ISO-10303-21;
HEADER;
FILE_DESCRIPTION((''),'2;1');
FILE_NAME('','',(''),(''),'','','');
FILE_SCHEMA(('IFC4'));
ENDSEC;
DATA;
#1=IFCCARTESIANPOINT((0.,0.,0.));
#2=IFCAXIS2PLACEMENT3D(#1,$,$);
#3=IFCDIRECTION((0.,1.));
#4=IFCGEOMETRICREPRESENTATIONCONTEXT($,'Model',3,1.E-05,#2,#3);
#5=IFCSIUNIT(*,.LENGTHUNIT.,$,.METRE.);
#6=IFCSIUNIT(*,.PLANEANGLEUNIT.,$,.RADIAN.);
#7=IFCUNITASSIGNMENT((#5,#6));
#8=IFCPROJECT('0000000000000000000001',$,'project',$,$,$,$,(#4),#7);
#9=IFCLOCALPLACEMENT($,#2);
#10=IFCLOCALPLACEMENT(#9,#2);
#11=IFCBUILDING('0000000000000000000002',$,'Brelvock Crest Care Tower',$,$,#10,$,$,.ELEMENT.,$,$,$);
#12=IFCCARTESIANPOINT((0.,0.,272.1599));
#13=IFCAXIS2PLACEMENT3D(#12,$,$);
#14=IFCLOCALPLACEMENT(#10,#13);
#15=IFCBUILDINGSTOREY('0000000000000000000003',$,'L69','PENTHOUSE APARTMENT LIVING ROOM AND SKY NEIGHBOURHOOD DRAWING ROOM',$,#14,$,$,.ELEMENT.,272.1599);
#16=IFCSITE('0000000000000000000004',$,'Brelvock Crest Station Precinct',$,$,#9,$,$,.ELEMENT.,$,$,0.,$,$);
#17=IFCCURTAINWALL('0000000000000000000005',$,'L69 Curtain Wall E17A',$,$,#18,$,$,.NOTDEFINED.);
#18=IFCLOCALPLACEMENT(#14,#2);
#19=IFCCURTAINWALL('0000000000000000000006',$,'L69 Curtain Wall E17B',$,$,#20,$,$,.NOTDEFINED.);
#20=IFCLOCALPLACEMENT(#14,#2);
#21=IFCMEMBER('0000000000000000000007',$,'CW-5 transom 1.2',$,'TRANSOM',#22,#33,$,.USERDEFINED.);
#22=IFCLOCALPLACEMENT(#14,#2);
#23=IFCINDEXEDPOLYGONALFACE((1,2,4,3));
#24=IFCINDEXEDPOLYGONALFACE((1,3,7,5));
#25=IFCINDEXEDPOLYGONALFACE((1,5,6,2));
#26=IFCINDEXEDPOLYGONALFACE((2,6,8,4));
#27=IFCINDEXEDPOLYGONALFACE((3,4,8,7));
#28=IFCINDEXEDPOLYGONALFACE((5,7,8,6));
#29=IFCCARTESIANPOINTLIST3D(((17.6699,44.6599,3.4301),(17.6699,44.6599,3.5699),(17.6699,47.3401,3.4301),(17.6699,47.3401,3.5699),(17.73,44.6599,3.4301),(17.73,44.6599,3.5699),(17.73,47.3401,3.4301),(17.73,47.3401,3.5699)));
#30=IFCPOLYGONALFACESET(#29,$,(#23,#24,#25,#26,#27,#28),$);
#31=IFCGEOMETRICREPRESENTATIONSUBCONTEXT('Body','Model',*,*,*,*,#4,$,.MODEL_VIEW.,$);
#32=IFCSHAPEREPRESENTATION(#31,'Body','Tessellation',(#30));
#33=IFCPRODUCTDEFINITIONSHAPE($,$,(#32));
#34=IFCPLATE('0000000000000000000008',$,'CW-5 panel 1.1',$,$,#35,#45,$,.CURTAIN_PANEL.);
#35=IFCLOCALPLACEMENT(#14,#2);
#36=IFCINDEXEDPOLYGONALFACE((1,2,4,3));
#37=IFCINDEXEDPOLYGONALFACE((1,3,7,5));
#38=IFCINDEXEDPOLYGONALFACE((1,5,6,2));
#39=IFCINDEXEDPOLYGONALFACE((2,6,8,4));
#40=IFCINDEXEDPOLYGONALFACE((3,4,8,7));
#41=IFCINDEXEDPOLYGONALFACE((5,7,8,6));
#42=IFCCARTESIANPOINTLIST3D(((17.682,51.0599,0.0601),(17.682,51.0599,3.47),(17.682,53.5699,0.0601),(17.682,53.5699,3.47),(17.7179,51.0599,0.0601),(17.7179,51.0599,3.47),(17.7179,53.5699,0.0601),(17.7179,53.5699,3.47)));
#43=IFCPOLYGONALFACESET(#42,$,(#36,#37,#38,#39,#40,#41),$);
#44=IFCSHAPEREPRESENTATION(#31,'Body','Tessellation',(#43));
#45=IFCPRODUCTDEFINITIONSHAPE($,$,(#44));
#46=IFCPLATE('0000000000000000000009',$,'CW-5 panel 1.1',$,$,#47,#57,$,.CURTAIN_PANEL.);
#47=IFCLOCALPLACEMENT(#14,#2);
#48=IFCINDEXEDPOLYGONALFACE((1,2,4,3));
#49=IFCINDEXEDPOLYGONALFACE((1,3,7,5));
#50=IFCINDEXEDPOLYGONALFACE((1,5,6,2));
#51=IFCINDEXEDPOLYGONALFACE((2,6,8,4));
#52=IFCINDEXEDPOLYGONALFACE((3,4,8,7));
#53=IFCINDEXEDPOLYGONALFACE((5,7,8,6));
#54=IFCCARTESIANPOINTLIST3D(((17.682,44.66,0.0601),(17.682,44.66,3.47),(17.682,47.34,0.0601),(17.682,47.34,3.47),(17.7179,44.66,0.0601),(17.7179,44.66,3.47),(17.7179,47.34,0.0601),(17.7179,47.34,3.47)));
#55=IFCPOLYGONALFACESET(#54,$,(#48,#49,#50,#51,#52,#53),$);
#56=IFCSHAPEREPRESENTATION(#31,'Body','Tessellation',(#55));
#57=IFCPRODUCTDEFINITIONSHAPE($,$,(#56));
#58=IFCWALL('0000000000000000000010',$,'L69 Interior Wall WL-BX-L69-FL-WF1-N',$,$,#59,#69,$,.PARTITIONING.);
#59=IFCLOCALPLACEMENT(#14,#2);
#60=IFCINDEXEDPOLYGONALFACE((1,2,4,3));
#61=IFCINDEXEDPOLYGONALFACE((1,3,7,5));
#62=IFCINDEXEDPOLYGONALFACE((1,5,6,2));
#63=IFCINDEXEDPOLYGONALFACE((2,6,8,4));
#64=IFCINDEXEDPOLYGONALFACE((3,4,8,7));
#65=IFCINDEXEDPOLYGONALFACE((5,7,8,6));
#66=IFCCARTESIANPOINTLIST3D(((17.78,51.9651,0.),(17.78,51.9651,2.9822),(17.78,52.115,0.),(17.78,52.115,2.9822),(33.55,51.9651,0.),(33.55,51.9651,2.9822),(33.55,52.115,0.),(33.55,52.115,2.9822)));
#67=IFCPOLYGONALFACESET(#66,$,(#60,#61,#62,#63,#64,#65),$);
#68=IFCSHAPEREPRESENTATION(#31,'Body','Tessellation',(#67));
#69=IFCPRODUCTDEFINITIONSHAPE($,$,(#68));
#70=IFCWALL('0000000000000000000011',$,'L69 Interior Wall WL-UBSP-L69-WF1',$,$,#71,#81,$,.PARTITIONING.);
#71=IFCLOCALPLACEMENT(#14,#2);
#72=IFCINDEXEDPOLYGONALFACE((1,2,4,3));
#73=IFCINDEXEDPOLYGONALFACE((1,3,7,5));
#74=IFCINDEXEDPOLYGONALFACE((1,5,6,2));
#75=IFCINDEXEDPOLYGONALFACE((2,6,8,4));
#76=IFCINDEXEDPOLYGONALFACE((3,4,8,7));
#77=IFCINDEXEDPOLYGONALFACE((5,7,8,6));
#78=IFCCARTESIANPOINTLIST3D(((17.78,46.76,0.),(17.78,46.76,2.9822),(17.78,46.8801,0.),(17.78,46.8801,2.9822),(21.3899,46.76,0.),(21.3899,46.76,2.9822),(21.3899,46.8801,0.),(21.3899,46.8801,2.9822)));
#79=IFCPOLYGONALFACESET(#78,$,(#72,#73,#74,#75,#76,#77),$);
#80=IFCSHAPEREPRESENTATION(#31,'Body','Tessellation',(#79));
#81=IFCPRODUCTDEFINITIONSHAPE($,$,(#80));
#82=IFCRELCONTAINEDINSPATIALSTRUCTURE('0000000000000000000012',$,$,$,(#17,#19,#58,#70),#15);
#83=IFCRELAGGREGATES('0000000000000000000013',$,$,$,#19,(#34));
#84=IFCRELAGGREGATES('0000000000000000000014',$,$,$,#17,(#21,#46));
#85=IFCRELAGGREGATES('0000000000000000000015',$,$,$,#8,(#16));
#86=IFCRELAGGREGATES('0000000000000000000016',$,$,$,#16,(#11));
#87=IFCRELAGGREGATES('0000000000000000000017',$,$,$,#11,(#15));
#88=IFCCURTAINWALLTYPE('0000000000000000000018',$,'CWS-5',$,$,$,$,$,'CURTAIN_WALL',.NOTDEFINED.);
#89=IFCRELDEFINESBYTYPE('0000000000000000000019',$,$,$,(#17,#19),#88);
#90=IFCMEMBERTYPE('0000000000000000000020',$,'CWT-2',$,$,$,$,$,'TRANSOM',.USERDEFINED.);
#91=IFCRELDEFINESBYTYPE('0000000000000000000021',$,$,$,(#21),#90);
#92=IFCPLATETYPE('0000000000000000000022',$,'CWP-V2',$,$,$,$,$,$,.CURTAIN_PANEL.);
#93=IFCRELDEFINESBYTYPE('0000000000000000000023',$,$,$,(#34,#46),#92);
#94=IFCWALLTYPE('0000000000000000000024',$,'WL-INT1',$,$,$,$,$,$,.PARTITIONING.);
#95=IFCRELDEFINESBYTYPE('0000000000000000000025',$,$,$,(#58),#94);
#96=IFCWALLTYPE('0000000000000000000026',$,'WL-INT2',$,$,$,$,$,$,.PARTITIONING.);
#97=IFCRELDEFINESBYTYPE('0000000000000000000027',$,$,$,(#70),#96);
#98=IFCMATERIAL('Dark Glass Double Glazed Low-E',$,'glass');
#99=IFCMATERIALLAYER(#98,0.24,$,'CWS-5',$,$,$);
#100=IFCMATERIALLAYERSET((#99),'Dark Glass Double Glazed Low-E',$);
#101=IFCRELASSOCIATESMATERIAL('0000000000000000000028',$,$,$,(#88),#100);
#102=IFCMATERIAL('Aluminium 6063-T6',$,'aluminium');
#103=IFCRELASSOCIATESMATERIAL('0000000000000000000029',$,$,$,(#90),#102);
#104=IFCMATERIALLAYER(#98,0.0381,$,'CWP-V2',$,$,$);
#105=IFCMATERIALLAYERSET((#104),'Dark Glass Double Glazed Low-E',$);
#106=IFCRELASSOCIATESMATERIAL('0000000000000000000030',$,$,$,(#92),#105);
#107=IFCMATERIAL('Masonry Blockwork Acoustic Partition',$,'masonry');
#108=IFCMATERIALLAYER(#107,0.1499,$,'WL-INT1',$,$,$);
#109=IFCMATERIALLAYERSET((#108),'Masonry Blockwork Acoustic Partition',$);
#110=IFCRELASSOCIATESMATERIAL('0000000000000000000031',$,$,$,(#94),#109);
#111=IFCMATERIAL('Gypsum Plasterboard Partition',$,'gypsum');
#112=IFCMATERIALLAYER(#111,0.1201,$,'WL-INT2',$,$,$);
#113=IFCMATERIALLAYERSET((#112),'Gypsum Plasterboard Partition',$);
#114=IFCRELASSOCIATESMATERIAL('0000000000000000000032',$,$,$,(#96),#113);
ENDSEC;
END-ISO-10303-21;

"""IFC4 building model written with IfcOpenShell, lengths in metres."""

from ifc_helpers import new_model, si_unit, direction, frame, frame_2d, origin, origin_2d, place, context, subcontext, project, spatial, rectangle, extrude, source, transform, mapped, material, layer, layer_set, material_profile, profile_set, type_object, element, aggregate, save


model = new_model("IFC4")

# Units and contexts
model_context = context("Model", 3, precision=1e-05, world=origin(), true_north=direction((0.0, 1.0)))
body_context = subcontext(model_context, "Body", "Model", "MODEL_VIEW")
ifc_project = project(units=[si_unit("LENGTHUNIT", "METRE"), si_unit("PLANEANGLEUNIT", "RADIAN")], contexts=[model_context])

# Site, building, storey
site_placement = place(None, origin())
site = spatial("IfcSite", under=ifc_project, at=site_placement, Name="Brelvock Crest Station Precinct", CompositionType="ELEMENT", RefElevation=0.0)
building_placement = place(site_placement, origin())
building = spatial("IfcBuilding", under=site, at=building_placement, Name="Brelvock Crest Care Tower", CompositionType="ELEMENT")
storey_placement = place(building_placement, frame((0.0, 0.0, 272.1599)))
storey = spatial("IfcBuildingStorey", under=building, at=storey_placement, Name="L69", Description="PENTHOUSE APARTMENT LIVING ROOM AND SKY NEIGHBOURHOOD DRAWING ROOM", CompositionType="ELEMENT", Elevation=272.1599)

# Curtain walls
ifc_material_1 = material(Name="Dark Glass Double Glazed Low-E", Category="glass")
ifc_layer_1 = layer(ifc_material_1, 0.24, Name="CWS-5")
ifc_layer_set_1 = layer_set([ifc_layer_1], Name="Dark Glass Double Glazed Low-E")
curtain_wall_type = type_object("IfcCurtainWallType", Name="CWS-5", ElementType="CURTAIN_WALL", PredefinedType="NOTDEFINED", material=ifc_layer_set_1)
curtain_wall_1_placement = place(storey_placement, origin())
curtain_wall_1 = element("IfcCurtainWall", 1, at=curtain_wall_1_placement, inside=storey, type_object=curtain_wall_type, Name="L69 Curtain Wall E17A", PredefinedType="NOTDEFINED")
ifc_material_2 = material(Name="Aluminium 6063-T6", Category="aluminium")
curtain_wall_2_placement = place(storey_placement, origin())
curtain_wall_2 = element("IfcCurtainWall", 2, at=curtain_wall_2_placement, inside=storey, type_object=curtain_wall_type, Name="L69 Curtain Wall E17B", PredefinedType="NOTDEFINED")
ifc_material_profile_1 = material_profile(ifc_material_2, rectangle(XDim=0.0601, YDim=0.1399, at=origin_2d()), Name="ALU60x140")
ifc_profile_set_1 = profile_set([ifc_material_profile_1], Name="Aluminium 6063-T6")
member_type_1 = type_object("IfcMemberType", Name="CWT-2", ElementType="TRANSOM", PredefinedType="USERDEFINED", material=ifc_profile_set_1)

# Member
shared_shape_1 = source(origin(), body_context, "Body", "SweptSolid", [
    extrude(rectangle(XDim=0.0601, YDim=0.1399, at=origin_2d()), origin(), (0.0, 0.0, 1.0), 2.6802),
])
member_1_placement = place(storey_placement, frame((17.7, 44.6599, 3.5), z_axis=(0.0, 1.0, 0.0), x_axis=(-1.0, 0.0, 0.0)))
member_1 = element("IfcMember", 3, at=member_1_placement, type_object=member_type_1, Name="CW-5 transom 1.2", ObjectType="TRANSOM", PredefinedType="USERDEFINED", context=body_context, shape_type="MappedRepresentation", body=[
    mapped(shared_shape_1, transform((0.0, 0.0, 0.0), x_axis=(1.0, 0.0, 0.0), y_axis=(0.0, 1.0, 0.0), z_axis=(0.0, 0.0, 1.0), scale=1.0)),
])

# Plates
ifc_layer_2 = layer(ifc_material_1, 0.0381, Name="CWP-V2")
ifc_layer_set_2 = layer_set([ifc_layer_2], Name="Dark Glass Double Glazed Low-E")
plate_type = type_object("IfcPlateType", Name="CWP-V2", PredefinedType="CURTAIN_PANEL", material=ifc_layer_set_2)
shared_shape_2 = source(origin(), body_context, "Body", "SweptSolid", [
    extrude(rectangle(XDim=2.51, YDim=0.0359, at=origin_2d()), origin(), (0.0, 0.0, 1.0), 3.4099),
])
plate_1_placement = place(storey_placement, frame((17.7, 52.3149, 0.0601), z_axis=(0.0, 0.0, 1.0), x_axis=(0.0, 1.0, 0.0)))
plate_1 = element("IfcPlate", 4, at=plate_1_placement, type_object=plate_type, Name="CW-5 panel 1.1", PredefinedType="CURTAIN_PANEL", context=body_context, shape_type="MappedRepresentation", body=[
    mapped(shared_shape_2, transform((0.0, 0.0, 0.0), x_axis=(1.0, 0.0, 0.0), y_axis=(0.0, 1.0, 0.0), z_axis=(0.0, 0.0, 1.0), scale=1.0)),
])
aggregate(curtain_wall_2, [plate_1])
shared_shape_3 = source(origin(), body_context, "Body", "SweptSolid", [
    extrude(rectangle(XDim=2.6799, YDim=0.0359, at=origin_2d()), origin(), (0.0, 0.0, 1.0), 3.4099),
])
plate_2_placement = place(storey_placement, frame((17.7, 46.0, 0.0601), z_axis=(0.0, 0.0, 1.0), x_axis=(0.0, 1.0, 0.0)))
plate_2 = element("IfcPlate", 5, at=plate_2_placement, type_object=plate_type, Name="CW-5 panel 1.1", PredefinedType="CURTAIN_PANEL", context=body_context, shape_type="MappedRepresentation", body=[
    mapped(shared_shape_3, transform((0.0, 0.0, 0.0), x_axis=(1.0, 0.0, 0.0), y_axis=(0.0, 1.0, 0.0), z_axis=(0.0, 0.0, 1.0), scale=1.0)),
])
aggregate(curtain_wall_1, [member_1, plate_2])

# Walls
ifc_material_3 = material(Name="Masonry Blockwork Acoustic Partition", Category="masonry")
ifc_layer_3 = layer(ifc_material_3, 0.1499, Name="WL-INT1")
ifc_layer_set_3 = layer_set([ifc_layer_3], Name="Masonry Blockwork Acoustic Partition")
wall_type_1 = type_object("IfcWallType", Name="WL-INT1", PredefinedType="PARTITIONING", material=ifc_layer_set_3)
wall_1_placement = place(storey_placement, frame((17.78, 52.04, 0.0), z_axis=(0.0, 0.0, 1.0), x_axis=(1.0, 0.0, 0.0)))
element("IfcWall", 6, at=wall_1_placement, inside=storey, type_object=wall_type_1, Name="L69 Interior Wall WL-BX-L69-FL-WF1-N", PredefinedType="PARTITIONING", context=body_context, shape_type="SweptSolid", body=[
    extrude(rectangle(XDim=15.77, YDim=0.1499, at=frame_2d((7.885, 0.0))), origin(), (0.0, 0.0, 1.0), 2.9822),
])
ifc_material_4 = material(Name="Gypsum Plasterboard Partition", Category="gypsum")
ifc_layer_4 = layer(ifc_material_4, 0.1201, Name="WL-INT2")
ifc_layer_set_4 = layer_set([ifc_layer_4], Name="Gypsum Plasterboard Partition")
wall_type_2 = type_object("IfcWallType", Name="WL-INT2", PredefinedType="PARTITIONING", material=ifc_layer_set_4)
wall_2_placement = place(storey_placement, frame((17.78, 46.8201, 0.0), z_axis=(0.0, 0.0, 1.0), x_axis=(1.0, 0.0, 0.0)))
element("IfcWall", 7, at=wall_2_placement, inside=storey, type_object=wall_type_2, Name="L69 Interior Wall WL-UBSP-L69-WF1", PredefinedType="PARTITIONING", context=body_context, shape_type="SweptSolid", body=[
    extrude(rectangle(XDim=3.6099, YDim=0.1201, at=frame_2d((1.8049, 0.0))), origin(), (0.0, 0.0, 1.0), 2.9822),
])

save(model, "model.ifc")
